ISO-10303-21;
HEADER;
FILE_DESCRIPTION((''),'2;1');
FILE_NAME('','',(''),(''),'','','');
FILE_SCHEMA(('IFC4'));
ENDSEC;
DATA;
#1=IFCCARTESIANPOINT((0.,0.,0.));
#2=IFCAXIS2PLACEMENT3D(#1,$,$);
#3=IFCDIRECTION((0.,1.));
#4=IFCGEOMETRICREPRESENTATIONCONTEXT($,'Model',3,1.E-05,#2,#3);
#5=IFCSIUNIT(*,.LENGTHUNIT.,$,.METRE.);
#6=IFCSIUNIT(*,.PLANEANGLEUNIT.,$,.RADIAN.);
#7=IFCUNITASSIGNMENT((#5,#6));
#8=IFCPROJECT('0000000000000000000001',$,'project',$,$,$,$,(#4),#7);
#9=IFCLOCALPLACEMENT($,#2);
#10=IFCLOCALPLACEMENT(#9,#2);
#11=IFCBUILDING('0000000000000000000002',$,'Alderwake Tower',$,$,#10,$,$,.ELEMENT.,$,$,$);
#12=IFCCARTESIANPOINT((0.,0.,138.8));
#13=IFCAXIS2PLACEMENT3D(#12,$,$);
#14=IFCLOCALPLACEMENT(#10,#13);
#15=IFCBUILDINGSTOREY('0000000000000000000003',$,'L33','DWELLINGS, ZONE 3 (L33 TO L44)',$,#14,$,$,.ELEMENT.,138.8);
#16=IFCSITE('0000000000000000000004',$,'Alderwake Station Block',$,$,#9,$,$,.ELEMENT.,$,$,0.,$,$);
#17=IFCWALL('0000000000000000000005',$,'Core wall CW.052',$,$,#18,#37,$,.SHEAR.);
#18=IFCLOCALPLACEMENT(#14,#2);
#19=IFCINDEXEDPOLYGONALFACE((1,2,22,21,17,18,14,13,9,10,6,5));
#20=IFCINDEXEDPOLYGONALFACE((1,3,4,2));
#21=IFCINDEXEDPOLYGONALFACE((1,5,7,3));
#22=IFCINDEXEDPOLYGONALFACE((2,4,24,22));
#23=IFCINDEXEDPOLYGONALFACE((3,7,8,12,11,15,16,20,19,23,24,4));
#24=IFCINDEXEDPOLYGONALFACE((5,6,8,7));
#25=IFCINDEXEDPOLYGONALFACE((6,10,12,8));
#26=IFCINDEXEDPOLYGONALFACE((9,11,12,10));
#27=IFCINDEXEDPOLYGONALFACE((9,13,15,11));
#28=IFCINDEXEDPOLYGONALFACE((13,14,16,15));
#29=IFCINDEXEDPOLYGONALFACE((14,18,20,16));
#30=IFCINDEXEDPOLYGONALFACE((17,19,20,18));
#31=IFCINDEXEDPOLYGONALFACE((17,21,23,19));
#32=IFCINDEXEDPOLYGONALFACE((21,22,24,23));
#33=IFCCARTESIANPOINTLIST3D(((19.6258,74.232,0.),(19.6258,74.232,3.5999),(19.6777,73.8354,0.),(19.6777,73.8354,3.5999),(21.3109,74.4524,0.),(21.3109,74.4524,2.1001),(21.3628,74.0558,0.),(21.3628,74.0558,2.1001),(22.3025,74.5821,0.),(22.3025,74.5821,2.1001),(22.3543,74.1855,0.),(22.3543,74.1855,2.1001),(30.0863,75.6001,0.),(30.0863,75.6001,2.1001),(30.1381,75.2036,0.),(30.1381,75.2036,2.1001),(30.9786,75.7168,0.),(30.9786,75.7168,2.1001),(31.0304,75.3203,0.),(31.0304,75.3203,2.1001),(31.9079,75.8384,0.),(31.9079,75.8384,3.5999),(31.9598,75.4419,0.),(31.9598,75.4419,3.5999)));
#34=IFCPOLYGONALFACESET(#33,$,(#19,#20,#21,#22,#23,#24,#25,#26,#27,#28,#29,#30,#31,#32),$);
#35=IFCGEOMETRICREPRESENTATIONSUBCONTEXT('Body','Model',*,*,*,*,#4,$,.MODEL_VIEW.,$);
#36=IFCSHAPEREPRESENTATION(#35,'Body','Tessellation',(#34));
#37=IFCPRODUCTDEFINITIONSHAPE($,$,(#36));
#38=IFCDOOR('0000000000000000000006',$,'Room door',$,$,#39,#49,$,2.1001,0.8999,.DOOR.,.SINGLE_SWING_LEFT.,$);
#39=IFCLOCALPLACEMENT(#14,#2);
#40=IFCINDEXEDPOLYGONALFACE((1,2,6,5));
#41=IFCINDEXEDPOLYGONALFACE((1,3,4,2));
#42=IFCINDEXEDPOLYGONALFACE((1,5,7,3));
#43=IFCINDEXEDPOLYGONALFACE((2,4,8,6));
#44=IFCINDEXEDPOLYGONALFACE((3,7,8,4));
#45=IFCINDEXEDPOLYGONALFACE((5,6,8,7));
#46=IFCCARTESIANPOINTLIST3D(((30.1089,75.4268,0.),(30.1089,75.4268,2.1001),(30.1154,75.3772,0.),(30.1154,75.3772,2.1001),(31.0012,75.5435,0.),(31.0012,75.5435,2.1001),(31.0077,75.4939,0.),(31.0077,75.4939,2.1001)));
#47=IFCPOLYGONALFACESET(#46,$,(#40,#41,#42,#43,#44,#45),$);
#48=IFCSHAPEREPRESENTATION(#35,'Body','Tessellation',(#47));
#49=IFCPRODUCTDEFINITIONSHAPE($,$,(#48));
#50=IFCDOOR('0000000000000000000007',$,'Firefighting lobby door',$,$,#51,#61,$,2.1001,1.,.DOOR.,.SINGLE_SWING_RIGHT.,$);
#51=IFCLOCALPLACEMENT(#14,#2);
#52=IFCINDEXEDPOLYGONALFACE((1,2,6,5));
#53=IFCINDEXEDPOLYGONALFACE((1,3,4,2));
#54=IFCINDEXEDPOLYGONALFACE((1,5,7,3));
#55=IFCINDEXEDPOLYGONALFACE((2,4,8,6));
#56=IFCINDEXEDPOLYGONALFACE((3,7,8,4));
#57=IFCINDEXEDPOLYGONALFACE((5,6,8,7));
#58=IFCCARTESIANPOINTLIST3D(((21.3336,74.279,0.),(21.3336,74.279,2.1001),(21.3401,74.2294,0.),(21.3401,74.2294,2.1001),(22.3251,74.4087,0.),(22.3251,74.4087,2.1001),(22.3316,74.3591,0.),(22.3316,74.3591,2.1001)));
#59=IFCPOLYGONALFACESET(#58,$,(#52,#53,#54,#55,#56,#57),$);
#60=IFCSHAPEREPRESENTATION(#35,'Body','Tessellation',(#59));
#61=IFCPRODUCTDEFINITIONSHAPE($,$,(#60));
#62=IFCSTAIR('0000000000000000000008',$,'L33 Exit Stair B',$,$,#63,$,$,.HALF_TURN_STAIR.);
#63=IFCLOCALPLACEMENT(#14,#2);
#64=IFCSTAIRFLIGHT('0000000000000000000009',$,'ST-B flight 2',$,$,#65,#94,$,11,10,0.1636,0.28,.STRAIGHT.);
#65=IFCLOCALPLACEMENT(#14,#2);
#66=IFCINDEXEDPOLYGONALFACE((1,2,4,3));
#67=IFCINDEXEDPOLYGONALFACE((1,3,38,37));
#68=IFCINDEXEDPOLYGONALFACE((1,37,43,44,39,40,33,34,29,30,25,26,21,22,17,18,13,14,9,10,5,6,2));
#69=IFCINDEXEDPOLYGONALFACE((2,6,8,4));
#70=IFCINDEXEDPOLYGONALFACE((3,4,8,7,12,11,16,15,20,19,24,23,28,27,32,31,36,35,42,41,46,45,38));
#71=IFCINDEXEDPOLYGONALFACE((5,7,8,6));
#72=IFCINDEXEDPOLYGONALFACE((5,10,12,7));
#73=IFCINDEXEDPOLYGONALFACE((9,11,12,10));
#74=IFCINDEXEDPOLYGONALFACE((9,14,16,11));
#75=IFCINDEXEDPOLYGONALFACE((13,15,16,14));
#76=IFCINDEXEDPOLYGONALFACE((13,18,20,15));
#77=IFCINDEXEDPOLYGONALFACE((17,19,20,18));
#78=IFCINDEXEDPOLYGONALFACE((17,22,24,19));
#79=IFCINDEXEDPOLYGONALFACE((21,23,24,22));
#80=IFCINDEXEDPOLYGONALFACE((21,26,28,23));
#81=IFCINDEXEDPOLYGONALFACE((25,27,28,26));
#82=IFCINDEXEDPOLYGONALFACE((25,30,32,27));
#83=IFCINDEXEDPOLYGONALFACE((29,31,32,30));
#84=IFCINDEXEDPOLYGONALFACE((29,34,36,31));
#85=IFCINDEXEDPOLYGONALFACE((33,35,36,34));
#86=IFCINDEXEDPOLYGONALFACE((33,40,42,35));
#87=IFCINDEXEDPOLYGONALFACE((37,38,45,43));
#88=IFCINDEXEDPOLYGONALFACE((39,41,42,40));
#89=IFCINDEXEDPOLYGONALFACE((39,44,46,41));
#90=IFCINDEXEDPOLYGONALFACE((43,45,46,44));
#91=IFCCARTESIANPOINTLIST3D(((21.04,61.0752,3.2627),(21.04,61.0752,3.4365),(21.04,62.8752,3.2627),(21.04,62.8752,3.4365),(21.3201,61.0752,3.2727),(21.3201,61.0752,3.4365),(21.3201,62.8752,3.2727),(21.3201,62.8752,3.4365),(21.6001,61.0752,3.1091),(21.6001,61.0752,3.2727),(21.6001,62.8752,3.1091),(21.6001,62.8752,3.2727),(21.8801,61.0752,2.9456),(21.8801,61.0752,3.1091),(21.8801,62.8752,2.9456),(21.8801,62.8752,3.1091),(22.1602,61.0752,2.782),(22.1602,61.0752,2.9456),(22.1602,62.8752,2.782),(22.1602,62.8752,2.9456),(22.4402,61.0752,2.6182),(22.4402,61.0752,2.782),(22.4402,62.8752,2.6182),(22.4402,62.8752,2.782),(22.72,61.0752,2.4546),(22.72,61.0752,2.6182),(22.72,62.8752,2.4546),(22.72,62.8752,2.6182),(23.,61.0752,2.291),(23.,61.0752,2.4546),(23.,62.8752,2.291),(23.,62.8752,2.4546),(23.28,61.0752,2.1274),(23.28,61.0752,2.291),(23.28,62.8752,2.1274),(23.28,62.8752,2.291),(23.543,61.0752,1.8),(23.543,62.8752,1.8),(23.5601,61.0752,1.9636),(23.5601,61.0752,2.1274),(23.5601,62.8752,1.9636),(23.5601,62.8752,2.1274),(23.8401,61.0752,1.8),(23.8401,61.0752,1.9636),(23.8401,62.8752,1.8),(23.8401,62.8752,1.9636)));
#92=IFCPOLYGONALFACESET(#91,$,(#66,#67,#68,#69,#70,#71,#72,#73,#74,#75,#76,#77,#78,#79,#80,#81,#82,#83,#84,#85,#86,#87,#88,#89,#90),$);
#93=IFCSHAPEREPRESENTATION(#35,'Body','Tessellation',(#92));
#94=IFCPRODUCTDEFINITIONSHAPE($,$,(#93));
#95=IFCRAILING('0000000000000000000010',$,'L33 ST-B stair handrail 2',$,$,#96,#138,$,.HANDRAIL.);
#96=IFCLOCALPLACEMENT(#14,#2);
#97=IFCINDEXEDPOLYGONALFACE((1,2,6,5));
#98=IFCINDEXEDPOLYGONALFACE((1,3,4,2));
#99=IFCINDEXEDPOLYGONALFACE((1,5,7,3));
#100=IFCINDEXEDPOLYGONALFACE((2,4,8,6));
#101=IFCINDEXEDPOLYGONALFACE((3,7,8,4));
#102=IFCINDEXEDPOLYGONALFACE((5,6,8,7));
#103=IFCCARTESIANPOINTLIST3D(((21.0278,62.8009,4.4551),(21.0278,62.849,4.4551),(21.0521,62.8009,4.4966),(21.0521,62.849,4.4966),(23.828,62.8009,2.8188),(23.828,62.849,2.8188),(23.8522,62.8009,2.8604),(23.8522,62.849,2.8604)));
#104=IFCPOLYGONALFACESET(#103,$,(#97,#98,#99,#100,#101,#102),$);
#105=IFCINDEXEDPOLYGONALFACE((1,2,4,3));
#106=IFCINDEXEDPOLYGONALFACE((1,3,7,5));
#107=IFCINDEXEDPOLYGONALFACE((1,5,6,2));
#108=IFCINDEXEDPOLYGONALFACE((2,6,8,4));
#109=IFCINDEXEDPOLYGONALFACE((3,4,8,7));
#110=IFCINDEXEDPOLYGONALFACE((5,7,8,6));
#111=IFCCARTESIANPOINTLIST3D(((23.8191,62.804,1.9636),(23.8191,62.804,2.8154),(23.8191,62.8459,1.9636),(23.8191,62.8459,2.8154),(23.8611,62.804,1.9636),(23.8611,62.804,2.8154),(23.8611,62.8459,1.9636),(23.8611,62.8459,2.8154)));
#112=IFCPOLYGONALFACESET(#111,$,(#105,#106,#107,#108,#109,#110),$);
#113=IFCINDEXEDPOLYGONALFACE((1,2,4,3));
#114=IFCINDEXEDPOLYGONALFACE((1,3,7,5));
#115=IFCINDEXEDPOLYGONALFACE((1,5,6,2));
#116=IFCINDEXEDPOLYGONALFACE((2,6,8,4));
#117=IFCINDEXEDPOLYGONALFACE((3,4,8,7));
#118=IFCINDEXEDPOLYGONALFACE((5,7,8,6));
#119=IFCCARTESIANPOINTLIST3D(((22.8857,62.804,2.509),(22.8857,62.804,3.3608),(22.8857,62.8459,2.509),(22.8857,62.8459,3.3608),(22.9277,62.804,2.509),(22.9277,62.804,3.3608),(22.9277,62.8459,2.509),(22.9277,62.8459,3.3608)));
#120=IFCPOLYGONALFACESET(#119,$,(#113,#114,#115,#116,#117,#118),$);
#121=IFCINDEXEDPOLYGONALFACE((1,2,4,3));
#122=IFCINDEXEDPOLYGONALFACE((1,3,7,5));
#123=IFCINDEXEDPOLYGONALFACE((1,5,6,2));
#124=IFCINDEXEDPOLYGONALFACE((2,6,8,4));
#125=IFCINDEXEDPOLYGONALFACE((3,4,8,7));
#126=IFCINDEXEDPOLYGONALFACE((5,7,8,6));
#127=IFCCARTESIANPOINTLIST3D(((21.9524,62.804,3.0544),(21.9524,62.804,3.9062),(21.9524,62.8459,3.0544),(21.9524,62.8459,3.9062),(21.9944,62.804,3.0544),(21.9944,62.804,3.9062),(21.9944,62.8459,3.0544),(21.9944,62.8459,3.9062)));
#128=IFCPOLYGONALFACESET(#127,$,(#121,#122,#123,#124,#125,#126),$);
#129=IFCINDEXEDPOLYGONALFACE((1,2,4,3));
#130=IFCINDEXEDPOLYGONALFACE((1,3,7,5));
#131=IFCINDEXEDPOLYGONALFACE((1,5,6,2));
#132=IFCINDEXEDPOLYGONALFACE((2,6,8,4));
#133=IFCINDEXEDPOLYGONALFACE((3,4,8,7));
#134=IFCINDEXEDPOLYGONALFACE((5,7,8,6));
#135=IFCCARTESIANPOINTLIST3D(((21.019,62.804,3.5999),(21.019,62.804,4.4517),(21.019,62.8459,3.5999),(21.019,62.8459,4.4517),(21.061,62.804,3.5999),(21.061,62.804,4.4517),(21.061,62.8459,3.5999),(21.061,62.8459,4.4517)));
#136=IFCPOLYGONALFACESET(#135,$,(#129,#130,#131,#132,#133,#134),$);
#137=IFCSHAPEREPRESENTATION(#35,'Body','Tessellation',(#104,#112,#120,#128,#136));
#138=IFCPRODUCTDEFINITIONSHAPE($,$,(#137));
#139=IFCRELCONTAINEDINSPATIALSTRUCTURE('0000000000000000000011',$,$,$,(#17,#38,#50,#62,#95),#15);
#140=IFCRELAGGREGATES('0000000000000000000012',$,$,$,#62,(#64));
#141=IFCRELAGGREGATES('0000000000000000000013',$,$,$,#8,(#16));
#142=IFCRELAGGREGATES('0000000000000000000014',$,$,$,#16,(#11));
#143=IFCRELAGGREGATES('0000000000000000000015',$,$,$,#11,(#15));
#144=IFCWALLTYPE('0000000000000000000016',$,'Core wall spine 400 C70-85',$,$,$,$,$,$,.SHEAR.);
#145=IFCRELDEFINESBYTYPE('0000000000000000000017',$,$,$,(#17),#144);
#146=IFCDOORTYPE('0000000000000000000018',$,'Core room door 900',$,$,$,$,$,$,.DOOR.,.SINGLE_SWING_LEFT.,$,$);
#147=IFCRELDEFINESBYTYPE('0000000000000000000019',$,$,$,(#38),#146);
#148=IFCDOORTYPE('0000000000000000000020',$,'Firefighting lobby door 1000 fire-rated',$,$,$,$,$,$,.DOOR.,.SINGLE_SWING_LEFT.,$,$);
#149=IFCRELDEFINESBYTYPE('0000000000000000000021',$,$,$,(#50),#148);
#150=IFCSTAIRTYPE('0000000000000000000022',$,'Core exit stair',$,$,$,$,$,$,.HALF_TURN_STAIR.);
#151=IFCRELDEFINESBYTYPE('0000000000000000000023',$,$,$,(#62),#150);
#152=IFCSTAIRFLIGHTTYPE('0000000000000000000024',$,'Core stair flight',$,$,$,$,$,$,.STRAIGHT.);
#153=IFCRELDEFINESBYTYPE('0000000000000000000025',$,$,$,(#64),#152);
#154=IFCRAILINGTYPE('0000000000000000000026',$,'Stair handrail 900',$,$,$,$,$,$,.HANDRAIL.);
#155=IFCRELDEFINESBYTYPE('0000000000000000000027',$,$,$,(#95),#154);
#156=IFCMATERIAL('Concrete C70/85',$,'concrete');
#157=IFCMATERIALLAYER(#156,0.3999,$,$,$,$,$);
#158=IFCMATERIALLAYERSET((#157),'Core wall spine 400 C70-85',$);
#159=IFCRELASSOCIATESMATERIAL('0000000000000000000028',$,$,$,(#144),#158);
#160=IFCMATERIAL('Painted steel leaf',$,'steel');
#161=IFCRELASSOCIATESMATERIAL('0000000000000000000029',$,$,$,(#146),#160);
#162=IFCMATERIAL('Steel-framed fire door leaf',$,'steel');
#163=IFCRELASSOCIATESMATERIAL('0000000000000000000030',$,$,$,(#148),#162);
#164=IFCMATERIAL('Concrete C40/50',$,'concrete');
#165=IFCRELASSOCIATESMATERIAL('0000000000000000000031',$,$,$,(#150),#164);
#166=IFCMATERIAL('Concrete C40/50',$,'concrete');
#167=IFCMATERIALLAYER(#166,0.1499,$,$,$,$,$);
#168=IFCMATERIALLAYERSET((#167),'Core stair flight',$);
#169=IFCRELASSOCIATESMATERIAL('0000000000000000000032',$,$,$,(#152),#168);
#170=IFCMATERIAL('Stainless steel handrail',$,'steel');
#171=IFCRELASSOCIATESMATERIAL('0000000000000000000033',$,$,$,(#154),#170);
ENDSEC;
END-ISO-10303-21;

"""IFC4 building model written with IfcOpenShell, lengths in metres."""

from ifc_helpers import new_model, si_unit, direction, frame, frame_2d, origin, origin_2d, place, context, subcontext, project, spatial, polyline, rectangle, outline, extrude, material, layer, layer_set, type_object, element, fill, aggregate, save


model = new_model("IFC4")

# Units and contexts
model_context = context("Model", 3, precision=1e-05, world=origin(), true_north=direction((0.0, 1.0)))
body_context = subcontext(model_context, "Body", "Model", "MODEL_VIEW")
ifc_project = project(units=[si_unit("LENGTHUNIT", "METRE"), si_unit("PLANEANGLEUNIT", "RADIAN")], contexts=[model_context])

# Site, building, storey
site_placement = place(None, origin())
site = spatial("IfcSite", under=ifc_project, at=site_placement, Name="Alderwake Station Block", CompositionType="ELEMENT", RefElevation=0.0)
building_placement = place(site_placement, origin())
building = spatial("IfcBuilding", under=site, at=building_placement, Name="Alderwake Tower", CompositionType="ELEMENT")
storey_placement = place(building_placement, frame((0.0, 0.0, 138.8)))
storey = spatial("IfcBuildingStorey", under=building, at=storey_placement, Name="L33", Description="DWELLINGS, ZONE 3 (L33 TO L44)", CompositionType="ELEMENT", Elevation=138.8)

# Shared definitions
ifc_material_1 = material(Name="Concrete C70/85", Category="concrete")
ifc_layer_1 = layer(ifc_material_1, 0.3999)
ifc_layer_set_1 = layer_set([ifc_layer_1], Name="Core wall spine 400 C70-85")
wall_type_1 = type_object("IfcWallType", Name="Core wall spine 400 C70-85", PredefinedType="SHEAR", material=ifc_layer_set_1)
ifc_material_2 = material(Name="Painted steel leaf", Category="steel")
door_type_1 = type_object("IfcDoorType", Name="Core room door 900", OperationType="SINGLE_SWING_LEFT", PredefinedType="DOOR", material=ifc_material_2)

# Wall, openings, doors
wall_1_placement = place(storey_placement, frame((31.9338, 75.6401, 0.0), z_axis=(0.0, 0.0, 1.0), x_axis=(-0.991555, -0.12969, 0.0)))
wall_1 = element("IfcWall", 1, at=wall_1_placement, inside=storey, type_object=wall_type_1, Name="Core wall CW.052", PredefinedType="SHEAR", context=body_context, shape_type="SweptSolid", body=[
    extrude(rectangle(XDim=12.3867, YDim=0.3999, at=frame_2d((6.1934, 0.0))), origin(), (0.0, 0.0, 1.0), 3.5999),
])
opening_1_placement = place(wall_1_placement, frame((9.6873, 0.0, 0.0)))
opening_1 = element("IfcOpeningElement", 2, at=opening_1_placement, cuts=wall_1, PredefinedType="OPENING", context=body_context, shape_type="SweptSolid", body=[
    extrude(rectangle(XDim=1.0, YDim=2.1001, at=frame_2d((0.5, 1.05))), frame((0.0, 0.21, 0.0), z_axis=(0.0, -1.0, 0.0), x_axis=(1.0, 0.0, 0.0)), (0.0, 0.0, 1.0), 0.4199),
])
opening_2_placement = place(wall_1_placement, frame((0.9373, 0.0, 0.0)))
opening_2 = element("IfcOpeningElement", 3, at=opening_2_placement, cuts=wall_1, PredefinedType="OPENING", context=body_context, shape_type="SweptSolid", body=[
    extrude(rectangle(XDim=0.8999, YDim=2.1001, at=frame_2d((0.45, 1.05))), frame((0.0, 0.21, 0.0), z_axis=(0.0, -1.0, 0.0), x_axis=(1.0, 0.0, 0.0)), (0.0, 0.0, 1.0), 0.4199),
])
door_1_placement = place(opening_2_placement, origin())
door_1 = element("IfcDoor", 4, at=door_1_placement, inside=storey, type_object=door_type_1, Name="Room door", OperationType="SINGLE_SWING_LEFT", OverallHeight=2.1001, OverallWidth=0.8999, PredefinedType="DOOR", context=body_context, shape_type="SweptSolid", body=[
    extrude(rectangle(XDim=0.8999, YDim=2.1001, at=frame_2d((0.45, 1.05))), frame((0.0, 0.0249, 0.0), z_axis=(0.0, -1.0, 0.0), x_axis=(1.0, 0.0, 0.0)), (0.0, 0.0, 1.0), 0.05),
])
fill(opening_2, door_1)
ifc_material_3 = material(Name="Steel-framed fire door leaf", Category="steel")
door_type_2 = type_object("IfcDoorType", Name="Firefighting lobby door 1000 fire-rated", OperationType="SINGLE_SWING_LEFT", PredefinedType="DOOR", material=ifc_material_3)
door_2_placement = place(opening_1_placement, origin())
door_2 = element("IfcDoor", 5, at=door_2_placement, inside=storey, type_object=door_type_2, Name="Firefighting lobby door", OperationType="SINGLE_SWING_RIGHT", OverallHeight=2.1001, OverallWidth=1.0, PredefinedType="DOOR", context=body_context, shape_type="SweptSolid", body=[
    extrude(rectangle(XDim=1.0, YDim=2.1001, at=frame_2d((0.5, 1.05))), frame((0.0, 0.0249, 0.0), z_axis=(0.0, -1.0, 0.0), x_axis=(1.0, 0.0, 0.0)), (0.0, 0.0, 1.0), 0.05),
])
fill(opening_1, door_2)

# Stair, stair flight
ifc_material_4 = material(Name="Concrete C40/50", Category="concrete")
stair_type = type_object("IfcStairType", Name="Core exit stair", PredefinedType="HALF_TURN_STAIR", material=ifc_material_4)
stair_placement = place(storey_placement, origin())
stair = element("IfcStair", 6, at=stair_placement, inside=storey, type_object=stair_type, Name="L33 Exit Stair B", PredefinedType="HALF_TURN_STAIR")
ifc_material_5 = material(Name="Concrete C40/50", Category="concrete")
ifc_layer_2 = layer(ifc_material_5, 0.1499)
ifc_layer_set_2 = layer_set([ifc_layer_2], Name="Core stair flight")
stair_flight_type = type_object("IfcStairFlightType", Name="Core stair flight", PredefinedType="STRAIGHT", material=ifc_layer_set_2)
stair_flight_placement = place(storey_placement, frame((23.8401, 61.9751, 1.8), z_axis=(0.0, 0.0, 1.0), x_axis=(-1.0, 0.0, 0.0)))
stair_flight = element("IfcStairFlight", 7, at=stair_flight_placement, type_object=stair_flight_type, Name="ST-B flight 2", NumberOfRisers=11, NumberOfTreads=10, PredefinedType="STRAIGHT", RiserHeight=0.1636, TreadLength=0.28, context=body_context, shape_type="SweptSolid", body=[
    extrude(outline(polyline([(0.0, 0.0), (0.0, 0.1636), (0.28, 0.1636), (0.28, 0.3274), (0.5601, 0.3274), (0.5601, 0.491), (0.8401, 0.491), (0.8401, 0.6545), (1.1201, 0.6545), (1.1201, 0.8181), (1.3999, 0.8181), (1.3999, 0.9819), (1.6799, 0.9819), (1.6799, 1.1455), (1.96, 1.1455), (1.96, 1.3091), (2.24, 1.3091), (2.24, 1.4727), (2.52, 1.4727), (2.52, 1.6365), (2.8, 1.6365), (2.8, 1.8), (2.8, 1.4626), (0.2971, 0.0), (0.0, 0.0)])), frame((0.0, 0.8999, 0.0), z_axis=(0.0, -1.0, 0.0), x_axis=(1.0, 0.0, 0.0)), (0.0, 0.0, 1.0), 1.8),
])
aggregate(stair, [stair_flight])

# Railing
ifc_material_6 = material(Name="Stainless steel handrail", Category="steel")
railing_type = type_object("IfcRailingType", Name="Stair handrail 900", PredefinedType="HANDRAIL", material=ifc_material_6)
railing_placement = place(storey_placement, frame((23.8401, 62.825, 1.9636)))
element("IfcRailing", 8, at=railing_placement, inside=storey, type_object=railing_type, Name="L33 ST-B stair handrail 2", PredefinedType="HANDRAIL", context=body_context, shape_type="SweptSolid", body=[
    extrude(rectangle(XDim=0.0481, YDim=0.0481, at=origin_2d()), frame((0.0, 0.0, 0.876), z_axis=(-0.863394, 0.0, 0.504531), x_axis=(0.0, -1.0, 0.0)), (0.0, 0.0, 1.0), 3.2432),
    extrude(rectangle(XDim=0.042, YDim=0.042, at=origin_2d()), frame((0.0, 0.0, 0.0), z_axis=(0.0, 0.0, 1.0), x_axis=(-1.0, 0.0, 0.0)), (0.0, 0.0, 1.0), 0.8518),
    extrude(rectangle(XDim=0.042, YDim=0.042, at=origin_2d()), frame((-0.9333, 0.0, 0.5454), z_axis=(0.0, 0.0, 1.0), x_axis=(-1.0, 0.0, 0.0)), (0.0, 0.0, 1.0), 0.8518),
    extrude(rectangle(XDim=0.042, YDim=0.042, at=origin_2d()), frame((-1.8667, 0.0, 1.0908), z_axis=(0.0, 0.0, 1.0), x_axis=(-1.0, 0.0, 0.0)), (0.0, 0.0, 1.0), 0.8518),
    extrude(rectangle(XDim=0.042, YDim=0.042, at=origin_2d()), frame((-2.8, 0.0, 1.6362), z_axis=(0.0, 0.0, 1.0), x_axis=(-1.0, 0.0, 0.0)), (0.0, 0.0, 1.0), 0.8518),
])

save(model, "model.ifc")
